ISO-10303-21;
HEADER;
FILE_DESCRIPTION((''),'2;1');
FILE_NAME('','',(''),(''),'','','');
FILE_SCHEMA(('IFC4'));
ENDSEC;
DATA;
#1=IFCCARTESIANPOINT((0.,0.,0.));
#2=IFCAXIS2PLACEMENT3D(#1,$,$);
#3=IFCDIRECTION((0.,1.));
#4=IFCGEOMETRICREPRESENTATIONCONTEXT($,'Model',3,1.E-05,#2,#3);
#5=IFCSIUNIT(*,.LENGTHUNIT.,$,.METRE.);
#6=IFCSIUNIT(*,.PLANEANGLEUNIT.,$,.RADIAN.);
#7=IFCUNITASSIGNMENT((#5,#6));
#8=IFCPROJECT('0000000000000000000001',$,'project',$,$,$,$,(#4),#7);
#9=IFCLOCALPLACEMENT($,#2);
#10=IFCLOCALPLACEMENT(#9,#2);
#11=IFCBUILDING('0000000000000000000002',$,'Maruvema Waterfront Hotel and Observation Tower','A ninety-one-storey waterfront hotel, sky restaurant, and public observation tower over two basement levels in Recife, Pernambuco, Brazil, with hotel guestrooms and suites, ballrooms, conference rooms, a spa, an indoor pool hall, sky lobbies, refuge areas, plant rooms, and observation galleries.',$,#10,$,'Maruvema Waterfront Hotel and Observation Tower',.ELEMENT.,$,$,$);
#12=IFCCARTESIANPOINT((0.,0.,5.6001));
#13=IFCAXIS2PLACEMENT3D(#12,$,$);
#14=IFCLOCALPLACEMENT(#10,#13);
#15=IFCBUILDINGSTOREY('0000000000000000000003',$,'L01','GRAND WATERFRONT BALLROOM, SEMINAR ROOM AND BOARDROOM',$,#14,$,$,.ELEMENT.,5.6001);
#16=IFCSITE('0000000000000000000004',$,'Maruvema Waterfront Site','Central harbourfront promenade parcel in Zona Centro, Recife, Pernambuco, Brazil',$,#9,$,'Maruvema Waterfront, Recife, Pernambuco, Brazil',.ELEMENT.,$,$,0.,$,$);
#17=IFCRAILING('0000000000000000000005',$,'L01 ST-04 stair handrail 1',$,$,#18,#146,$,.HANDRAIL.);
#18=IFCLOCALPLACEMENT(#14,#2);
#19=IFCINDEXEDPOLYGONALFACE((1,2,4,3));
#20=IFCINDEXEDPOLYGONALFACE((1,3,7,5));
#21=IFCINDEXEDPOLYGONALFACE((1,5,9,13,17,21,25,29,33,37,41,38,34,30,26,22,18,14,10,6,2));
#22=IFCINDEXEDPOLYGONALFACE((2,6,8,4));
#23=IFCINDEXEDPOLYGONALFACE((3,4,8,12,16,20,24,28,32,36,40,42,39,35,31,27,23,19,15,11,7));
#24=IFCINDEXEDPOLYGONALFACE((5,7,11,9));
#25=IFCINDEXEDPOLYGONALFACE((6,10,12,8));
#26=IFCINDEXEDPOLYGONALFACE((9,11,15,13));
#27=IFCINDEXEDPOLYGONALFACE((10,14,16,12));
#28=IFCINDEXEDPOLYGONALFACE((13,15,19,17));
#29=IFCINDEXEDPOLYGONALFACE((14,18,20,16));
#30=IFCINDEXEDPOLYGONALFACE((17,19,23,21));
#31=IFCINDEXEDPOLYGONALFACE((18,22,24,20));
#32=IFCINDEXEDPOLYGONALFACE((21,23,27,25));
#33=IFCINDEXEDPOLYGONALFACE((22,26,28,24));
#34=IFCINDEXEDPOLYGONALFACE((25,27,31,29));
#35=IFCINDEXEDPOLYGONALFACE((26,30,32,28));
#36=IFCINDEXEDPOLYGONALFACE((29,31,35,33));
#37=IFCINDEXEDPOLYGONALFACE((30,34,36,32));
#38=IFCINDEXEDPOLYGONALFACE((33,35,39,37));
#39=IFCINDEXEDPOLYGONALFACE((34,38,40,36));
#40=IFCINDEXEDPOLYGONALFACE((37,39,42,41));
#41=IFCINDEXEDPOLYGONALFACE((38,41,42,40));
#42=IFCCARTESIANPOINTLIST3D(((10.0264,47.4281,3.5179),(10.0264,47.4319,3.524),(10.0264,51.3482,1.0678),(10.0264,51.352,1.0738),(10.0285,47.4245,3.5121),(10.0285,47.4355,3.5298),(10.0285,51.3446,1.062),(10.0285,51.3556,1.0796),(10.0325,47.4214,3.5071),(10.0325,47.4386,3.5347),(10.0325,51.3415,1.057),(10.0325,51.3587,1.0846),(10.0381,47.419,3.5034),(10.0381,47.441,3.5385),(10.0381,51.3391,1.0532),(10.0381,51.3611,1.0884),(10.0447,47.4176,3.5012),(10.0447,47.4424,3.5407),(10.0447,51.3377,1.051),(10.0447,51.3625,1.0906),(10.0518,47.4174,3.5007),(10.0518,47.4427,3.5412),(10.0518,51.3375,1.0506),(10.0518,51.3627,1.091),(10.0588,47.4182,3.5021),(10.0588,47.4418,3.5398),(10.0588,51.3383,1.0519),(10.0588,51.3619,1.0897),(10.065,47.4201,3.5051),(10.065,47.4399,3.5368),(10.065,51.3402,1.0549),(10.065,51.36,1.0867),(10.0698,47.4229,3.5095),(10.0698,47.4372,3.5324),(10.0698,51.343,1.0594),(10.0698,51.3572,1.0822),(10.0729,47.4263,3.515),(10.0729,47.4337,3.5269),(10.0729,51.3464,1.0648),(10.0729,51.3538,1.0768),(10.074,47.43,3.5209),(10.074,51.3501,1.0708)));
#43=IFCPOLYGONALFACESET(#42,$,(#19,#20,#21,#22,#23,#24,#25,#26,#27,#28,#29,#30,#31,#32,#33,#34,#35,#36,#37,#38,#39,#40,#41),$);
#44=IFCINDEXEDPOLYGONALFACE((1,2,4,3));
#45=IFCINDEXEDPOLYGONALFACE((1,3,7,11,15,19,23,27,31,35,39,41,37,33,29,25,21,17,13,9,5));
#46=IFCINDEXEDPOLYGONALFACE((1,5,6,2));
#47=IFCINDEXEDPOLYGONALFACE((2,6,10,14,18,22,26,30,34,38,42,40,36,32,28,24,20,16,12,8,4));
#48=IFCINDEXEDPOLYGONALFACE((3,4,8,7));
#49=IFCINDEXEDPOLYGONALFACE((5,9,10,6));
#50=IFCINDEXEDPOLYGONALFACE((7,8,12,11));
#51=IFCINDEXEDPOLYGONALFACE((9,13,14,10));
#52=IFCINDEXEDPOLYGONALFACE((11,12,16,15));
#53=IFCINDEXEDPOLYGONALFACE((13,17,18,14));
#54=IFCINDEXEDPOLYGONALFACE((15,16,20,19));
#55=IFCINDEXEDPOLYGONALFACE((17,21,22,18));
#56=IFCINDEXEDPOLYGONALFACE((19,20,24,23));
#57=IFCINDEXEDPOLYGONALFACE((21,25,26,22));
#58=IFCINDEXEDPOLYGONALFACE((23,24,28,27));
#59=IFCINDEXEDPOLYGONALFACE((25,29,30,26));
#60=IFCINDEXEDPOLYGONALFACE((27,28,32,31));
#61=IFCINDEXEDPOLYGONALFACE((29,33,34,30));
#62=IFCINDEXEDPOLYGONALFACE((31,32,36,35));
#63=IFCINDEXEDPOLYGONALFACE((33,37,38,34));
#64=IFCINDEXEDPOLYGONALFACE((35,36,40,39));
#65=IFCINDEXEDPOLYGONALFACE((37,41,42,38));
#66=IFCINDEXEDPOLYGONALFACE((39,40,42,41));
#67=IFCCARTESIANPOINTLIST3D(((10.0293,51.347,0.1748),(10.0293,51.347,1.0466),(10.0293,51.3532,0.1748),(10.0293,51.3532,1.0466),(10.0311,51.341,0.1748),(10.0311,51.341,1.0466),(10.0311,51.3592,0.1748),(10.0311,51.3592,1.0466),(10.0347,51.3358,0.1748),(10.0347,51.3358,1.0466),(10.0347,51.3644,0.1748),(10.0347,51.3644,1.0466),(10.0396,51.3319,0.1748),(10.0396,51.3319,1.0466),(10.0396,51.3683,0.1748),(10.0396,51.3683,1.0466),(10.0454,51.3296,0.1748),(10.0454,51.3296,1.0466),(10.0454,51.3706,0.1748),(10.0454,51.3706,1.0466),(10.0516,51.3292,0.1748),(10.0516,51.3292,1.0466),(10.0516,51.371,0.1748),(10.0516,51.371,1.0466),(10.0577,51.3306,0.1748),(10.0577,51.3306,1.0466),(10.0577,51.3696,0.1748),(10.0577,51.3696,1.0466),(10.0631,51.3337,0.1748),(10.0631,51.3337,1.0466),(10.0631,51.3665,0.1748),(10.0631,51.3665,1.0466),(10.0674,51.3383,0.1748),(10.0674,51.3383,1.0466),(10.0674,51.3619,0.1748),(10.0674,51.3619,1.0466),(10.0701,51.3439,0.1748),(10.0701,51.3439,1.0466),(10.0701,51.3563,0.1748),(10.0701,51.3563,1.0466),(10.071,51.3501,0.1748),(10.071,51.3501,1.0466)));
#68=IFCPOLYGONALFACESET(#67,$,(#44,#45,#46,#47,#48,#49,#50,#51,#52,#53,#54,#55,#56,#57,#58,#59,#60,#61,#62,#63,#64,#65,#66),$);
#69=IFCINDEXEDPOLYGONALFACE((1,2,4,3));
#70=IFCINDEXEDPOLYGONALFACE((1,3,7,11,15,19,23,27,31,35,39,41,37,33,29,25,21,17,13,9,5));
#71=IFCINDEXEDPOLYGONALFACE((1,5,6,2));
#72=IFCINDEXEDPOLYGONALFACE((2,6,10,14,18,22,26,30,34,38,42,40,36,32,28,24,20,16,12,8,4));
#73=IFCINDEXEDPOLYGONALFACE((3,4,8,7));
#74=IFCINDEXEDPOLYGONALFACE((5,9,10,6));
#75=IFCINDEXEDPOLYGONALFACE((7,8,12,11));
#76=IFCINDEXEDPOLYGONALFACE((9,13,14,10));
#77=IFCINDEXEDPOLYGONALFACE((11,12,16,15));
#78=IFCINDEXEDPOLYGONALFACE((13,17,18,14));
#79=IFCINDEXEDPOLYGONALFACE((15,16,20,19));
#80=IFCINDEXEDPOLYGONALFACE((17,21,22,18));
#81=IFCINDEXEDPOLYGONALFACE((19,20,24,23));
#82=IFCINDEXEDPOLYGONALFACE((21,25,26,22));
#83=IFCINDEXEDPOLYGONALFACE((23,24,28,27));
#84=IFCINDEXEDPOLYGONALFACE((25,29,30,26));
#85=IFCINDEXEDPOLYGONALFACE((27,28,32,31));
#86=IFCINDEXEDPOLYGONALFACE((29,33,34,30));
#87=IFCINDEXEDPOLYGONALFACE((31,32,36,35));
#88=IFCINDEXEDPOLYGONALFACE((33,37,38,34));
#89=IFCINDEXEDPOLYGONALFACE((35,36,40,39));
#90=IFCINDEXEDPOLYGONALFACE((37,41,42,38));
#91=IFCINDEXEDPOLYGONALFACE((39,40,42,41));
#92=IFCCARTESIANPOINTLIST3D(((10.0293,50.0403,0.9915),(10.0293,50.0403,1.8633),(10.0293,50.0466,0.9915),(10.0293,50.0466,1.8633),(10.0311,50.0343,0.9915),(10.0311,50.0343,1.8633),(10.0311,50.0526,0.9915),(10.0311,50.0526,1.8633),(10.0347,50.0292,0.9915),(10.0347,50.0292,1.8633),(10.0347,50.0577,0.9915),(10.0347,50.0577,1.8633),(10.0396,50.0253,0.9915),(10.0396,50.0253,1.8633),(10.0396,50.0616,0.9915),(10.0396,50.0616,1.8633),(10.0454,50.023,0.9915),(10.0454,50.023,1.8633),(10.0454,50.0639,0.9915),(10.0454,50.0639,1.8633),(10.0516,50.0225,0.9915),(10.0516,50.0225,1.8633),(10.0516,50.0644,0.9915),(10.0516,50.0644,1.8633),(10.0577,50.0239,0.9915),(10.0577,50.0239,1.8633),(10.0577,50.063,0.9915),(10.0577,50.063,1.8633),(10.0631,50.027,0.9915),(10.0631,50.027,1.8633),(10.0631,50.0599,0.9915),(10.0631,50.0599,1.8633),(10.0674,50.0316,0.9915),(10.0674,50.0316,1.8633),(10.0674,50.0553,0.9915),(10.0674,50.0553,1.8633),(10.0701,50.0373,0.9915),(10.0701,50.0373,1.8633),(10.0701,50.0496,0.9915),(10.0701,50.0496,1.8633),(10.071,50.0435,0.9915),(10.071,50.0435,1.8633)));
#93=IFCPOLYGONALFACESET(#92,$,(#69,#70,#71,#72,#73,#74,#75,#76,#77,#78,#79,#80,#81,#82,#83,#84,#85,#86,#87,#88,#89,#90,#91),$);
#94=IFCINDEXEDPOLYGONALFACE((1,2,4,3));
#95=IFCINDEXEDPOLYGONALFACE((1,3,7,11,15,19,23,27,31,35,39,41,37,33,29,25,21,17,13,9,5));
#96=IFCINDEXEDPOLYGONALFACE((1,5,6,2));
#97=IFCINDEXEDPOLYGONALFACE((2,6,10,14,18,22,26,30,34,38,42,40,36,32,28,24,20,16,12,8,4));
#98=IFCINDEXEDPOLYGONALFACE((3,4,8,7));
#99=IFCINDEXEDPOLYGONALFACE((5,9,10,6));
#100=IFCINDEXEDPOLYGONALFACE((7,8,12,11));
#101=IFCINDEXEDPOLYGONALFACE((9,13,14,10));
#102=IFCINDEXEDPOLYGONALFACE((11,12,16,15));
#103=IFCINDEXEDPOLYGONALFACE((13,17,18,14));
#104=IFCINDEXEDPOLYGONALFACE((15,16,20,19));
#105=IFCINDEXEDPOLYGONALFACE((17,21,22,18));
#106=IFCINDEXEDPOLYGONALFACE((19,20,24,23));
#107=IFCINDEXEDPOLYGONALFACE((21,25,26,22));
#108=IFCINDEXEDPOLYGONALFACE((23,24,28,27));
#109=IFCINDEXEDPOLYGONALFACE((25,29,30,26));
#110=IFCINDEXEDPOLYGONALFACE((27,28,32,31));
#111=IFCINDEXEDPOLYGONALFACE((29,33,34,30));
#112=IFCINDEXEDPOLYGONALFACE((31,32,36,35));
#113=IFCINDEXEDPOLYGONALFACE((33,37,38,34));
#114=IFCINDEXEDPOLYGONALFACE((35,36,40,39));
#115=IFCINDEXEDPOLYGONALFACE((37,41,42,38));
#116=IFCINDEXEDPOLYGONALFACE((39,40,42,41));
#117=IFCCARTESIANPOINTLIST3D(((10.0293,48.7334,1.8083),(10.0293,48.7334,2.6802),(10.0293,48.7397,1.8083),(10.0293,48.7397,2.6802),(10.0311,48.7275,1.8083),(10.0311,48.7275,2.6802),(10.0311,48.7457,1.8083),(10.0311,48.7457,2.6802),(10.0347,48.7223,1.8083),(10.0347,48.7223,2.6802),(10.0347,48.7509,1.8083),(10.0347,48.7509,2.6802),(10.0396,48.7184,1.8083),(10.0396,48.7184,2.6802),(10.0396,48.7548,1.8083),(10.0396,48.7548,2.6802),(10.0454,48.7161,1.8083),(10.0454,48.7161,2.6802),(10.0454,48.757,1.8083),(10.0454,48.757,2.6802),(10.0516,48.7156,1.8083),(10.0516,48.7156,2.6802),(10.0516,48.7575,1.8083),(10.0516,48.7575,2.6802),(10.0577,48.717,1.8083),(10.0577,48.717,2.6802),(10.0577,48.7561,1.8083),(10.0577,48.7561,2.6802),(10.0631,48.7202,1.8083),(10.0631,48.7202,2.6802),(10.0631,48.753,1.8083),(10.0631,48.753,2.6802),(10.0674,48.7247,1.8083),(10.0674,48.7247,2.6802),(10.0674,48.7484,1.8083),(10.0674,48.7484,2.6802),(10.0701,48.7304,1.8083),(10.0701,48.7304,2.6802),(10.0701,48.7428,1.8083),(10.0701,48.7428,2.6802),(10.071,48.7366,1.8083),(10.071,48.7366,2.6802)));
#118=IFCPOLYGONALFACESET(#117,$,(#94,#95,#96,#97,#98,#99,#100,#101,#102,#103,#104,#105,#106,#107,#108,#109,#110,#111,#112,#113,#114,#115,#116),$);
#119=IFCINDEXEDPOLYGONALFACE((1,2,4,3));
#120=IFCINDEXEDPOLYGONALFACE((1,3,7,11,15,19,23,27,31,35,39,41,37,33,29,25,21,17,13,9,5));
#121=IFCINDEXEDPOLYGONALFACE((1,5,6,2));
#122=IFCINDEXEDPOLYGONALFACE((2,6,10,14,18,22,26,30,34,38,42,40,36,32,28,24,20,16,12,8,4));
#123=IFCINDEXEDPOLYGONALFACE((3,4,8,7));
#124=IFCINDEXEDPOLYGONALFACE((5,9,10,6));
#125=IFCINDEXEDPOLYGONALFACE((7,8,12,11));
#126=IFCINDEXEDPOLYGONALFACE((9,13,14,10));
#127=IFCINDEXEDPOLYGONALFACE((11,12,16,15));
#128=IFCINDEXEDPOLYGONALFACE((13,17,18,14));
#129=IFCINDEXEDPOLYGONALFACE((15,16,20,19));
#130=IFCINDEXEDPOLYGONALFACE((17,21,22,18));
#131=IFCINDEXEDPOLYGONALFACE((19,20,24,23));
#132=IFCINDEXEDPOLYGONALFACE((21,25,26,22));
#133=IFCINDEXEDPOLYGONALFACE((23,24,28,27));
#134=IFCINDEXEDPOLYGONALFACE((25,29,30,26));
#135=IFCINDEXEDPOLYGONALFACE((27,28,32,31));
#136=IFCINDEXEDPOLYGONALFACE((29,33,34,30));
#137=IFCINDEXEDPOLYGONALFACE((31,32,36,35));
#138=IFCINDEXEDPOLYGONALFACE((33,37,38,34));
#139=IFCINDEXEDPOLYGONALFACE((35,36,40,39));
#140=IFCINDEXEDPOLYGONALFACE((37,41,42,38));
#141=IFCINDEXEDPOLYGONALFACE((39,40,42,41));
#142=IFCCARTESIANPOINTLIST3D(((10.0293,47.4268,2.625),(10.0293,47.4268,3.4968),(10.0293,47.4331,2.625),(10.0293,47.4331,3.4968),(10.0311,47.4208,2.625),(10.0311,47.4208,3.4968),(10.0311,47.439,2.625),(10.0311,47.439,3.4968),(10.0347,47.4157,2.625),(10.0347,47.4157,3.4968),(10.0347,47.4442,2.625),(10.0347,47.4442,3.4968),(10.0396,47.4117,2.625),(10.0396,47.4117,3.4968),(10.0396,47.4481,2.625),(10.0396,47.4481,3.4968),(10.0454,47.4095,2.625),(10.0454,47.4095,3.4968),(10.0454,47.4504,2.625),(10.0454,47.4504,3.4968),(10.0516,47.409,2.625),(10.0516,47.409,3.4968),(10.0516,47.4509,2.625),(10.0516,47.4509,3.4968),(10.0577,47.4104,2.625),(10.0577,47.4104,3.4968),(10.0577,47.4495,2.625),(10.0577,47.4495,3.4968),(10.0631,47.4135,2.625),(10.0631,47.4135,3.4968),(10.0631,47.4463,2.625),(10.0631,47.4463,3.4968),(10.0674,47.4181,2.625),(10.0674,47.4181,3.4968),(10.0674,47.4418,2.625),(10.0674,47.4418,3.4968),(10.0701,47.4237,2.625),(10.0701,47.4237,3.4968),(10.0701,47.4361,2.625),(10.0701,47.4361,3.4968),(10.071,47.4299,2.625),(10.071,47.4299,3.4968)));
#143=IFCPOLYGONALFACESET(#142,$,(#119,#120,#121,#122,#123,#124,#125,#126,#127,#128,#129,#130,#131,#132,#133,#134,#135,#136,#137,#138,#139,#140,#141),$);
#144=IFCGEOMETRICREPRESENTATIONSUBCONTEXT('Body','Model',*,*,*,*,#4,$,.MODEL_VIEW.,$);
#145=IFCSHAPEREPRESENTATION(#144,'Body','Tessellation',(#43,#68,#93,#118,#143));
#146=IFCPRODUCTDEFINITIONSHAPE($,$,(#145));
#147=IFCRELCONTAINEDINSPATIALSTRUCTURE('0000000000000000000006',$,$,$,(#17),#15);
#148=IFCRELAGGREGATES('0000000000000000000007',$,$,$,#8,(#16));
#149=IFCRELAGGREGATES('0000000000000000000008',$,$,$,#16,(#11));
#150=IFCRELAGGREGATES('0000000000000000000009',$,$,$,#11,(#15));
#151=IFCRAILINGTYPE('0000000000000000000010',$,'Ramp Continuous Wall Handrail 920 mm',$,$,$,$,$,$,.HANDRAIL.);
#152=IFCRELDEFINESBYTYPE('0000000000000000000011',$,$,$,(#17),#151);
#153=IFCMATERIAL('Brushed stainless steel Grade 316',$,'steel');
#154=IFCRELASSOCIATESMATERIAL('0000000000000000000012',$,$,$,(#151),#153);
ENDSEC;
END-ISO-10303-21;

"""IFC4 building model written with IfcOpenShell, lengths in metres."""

from ifc_helpers import new_model, si_unit, direction, frame, origin, origin_2d, place, context, subcontext, project, spatial, circle, extrude, material, type_object, element, save


model = new_model("IFC4")

# Units and contexts
model_context = context("Model", 3, precision=1e-05, world=origin(), true_north=direction((0.0, 1.0)))
body_context = subcontext(model_context, "Body", "Model", "MODEL_VIEW")
ifc_project = project(units=[si_unit("LENGTHUNIT", "METRE"), si_unit("PLANEANGLEUNIT", "RADIAN")], contexts=[model_context])

# Site, building, storey
site_placement = place(None, origin())
site = spatial("IfcSite", under=ifc_project, at=site_placement, Name="Maruvema Waterfront Site", Description="Central harbourfront promenade parcel in Zona Centro, Recife, Pernambuco, Brazil", LongName="Maruvema Waterfront, Recife, Pernambuco, Brazil", CompositionType="ELEMENT", RefElevation=0.0)
building_placement = place(site_placement, origin())
building = spatial("IfcBuilding", under=site, at=building_placement, Name="Maruvema Waterfront Hotel and Observation Tower", Description="A ninety-one-storey waterfront hotel, sky restaurant, and public observation tower over two basement levels in Recife, Pernambuco, Brazil, with hotel guestrooms and suites, ballrooms, conference rooms, a spa, an indoor pool hall, sky lobbies, refuge areas, plant rooms, and observation galleries.", LongName="Maruvema Waterfront Hotel and Observation Tower", CompositionType="ELEMENT")
storey_placement = place(building_placement, frame((0.0, 0.0, 5.6001)))
storey = spatial("IfcBuildingStorey", under=building, at=storey_placement, Name="L01", Description="GRAND WATERFRONT BALLROOM, SEMINAR ROOM AND BOARDROOM", CompositionType="ELEMENT", Elevation=5.6001)

# Railing
ifc_material_1 = material(Name="Brushed stainless steel Grade 316", Category="steel")
railing_type_1 = type_object("IfcRailingType", Name="Ramp Continuous Wall Handrail 920 mm", PredefinedType="HANDRAIL", material=ifc_material_1)
railing_1_placement = place(storey_placement, frame((10.05, 51.3501, 0.1748)))
element("IfcRailing", 1, at=railing_1_placement, inside=storey, type_object=railing_type_1, Name="L01 ST-04 stair handrail 1", PredefinedType="HANDRAIL", context=body_context, shape_type="SweptSolid", body=[
    extrude(circle(Radius=0.0239, at=origin_2d()), frame((0.0, 0.0, 0.896), z_axis=(0.0, -0.847989, 0.530013), x_axis=(1.0, 0.0, 0.0)), (0.0, 0.0, 1.0), 4.6228),
    extrude(circle(Radius=0.021, at=origin_2d()), origin(), (0.0, 0.0, 1.0), 0.8718),
    extrude(circle(Radius=0.021, at=origin_2d()), frame((0.0, -1.3066, 0.8167)), (0.0, 0.0, 1.0), 0.8718),
    extrude(circle(Radius=0.021, at=origin_2d()), frame((0.0, -2.6135, 1.6335)), (0.0, 0.0, 1.0), 0.8718),
    extrude(circle(Radius=0.021, at=origin_2d()), frame((0.0, -3.9202, 2.4502)), (0.0, 0.0, 1.0), 0.8718),
])

save(model, "model.ifc")
